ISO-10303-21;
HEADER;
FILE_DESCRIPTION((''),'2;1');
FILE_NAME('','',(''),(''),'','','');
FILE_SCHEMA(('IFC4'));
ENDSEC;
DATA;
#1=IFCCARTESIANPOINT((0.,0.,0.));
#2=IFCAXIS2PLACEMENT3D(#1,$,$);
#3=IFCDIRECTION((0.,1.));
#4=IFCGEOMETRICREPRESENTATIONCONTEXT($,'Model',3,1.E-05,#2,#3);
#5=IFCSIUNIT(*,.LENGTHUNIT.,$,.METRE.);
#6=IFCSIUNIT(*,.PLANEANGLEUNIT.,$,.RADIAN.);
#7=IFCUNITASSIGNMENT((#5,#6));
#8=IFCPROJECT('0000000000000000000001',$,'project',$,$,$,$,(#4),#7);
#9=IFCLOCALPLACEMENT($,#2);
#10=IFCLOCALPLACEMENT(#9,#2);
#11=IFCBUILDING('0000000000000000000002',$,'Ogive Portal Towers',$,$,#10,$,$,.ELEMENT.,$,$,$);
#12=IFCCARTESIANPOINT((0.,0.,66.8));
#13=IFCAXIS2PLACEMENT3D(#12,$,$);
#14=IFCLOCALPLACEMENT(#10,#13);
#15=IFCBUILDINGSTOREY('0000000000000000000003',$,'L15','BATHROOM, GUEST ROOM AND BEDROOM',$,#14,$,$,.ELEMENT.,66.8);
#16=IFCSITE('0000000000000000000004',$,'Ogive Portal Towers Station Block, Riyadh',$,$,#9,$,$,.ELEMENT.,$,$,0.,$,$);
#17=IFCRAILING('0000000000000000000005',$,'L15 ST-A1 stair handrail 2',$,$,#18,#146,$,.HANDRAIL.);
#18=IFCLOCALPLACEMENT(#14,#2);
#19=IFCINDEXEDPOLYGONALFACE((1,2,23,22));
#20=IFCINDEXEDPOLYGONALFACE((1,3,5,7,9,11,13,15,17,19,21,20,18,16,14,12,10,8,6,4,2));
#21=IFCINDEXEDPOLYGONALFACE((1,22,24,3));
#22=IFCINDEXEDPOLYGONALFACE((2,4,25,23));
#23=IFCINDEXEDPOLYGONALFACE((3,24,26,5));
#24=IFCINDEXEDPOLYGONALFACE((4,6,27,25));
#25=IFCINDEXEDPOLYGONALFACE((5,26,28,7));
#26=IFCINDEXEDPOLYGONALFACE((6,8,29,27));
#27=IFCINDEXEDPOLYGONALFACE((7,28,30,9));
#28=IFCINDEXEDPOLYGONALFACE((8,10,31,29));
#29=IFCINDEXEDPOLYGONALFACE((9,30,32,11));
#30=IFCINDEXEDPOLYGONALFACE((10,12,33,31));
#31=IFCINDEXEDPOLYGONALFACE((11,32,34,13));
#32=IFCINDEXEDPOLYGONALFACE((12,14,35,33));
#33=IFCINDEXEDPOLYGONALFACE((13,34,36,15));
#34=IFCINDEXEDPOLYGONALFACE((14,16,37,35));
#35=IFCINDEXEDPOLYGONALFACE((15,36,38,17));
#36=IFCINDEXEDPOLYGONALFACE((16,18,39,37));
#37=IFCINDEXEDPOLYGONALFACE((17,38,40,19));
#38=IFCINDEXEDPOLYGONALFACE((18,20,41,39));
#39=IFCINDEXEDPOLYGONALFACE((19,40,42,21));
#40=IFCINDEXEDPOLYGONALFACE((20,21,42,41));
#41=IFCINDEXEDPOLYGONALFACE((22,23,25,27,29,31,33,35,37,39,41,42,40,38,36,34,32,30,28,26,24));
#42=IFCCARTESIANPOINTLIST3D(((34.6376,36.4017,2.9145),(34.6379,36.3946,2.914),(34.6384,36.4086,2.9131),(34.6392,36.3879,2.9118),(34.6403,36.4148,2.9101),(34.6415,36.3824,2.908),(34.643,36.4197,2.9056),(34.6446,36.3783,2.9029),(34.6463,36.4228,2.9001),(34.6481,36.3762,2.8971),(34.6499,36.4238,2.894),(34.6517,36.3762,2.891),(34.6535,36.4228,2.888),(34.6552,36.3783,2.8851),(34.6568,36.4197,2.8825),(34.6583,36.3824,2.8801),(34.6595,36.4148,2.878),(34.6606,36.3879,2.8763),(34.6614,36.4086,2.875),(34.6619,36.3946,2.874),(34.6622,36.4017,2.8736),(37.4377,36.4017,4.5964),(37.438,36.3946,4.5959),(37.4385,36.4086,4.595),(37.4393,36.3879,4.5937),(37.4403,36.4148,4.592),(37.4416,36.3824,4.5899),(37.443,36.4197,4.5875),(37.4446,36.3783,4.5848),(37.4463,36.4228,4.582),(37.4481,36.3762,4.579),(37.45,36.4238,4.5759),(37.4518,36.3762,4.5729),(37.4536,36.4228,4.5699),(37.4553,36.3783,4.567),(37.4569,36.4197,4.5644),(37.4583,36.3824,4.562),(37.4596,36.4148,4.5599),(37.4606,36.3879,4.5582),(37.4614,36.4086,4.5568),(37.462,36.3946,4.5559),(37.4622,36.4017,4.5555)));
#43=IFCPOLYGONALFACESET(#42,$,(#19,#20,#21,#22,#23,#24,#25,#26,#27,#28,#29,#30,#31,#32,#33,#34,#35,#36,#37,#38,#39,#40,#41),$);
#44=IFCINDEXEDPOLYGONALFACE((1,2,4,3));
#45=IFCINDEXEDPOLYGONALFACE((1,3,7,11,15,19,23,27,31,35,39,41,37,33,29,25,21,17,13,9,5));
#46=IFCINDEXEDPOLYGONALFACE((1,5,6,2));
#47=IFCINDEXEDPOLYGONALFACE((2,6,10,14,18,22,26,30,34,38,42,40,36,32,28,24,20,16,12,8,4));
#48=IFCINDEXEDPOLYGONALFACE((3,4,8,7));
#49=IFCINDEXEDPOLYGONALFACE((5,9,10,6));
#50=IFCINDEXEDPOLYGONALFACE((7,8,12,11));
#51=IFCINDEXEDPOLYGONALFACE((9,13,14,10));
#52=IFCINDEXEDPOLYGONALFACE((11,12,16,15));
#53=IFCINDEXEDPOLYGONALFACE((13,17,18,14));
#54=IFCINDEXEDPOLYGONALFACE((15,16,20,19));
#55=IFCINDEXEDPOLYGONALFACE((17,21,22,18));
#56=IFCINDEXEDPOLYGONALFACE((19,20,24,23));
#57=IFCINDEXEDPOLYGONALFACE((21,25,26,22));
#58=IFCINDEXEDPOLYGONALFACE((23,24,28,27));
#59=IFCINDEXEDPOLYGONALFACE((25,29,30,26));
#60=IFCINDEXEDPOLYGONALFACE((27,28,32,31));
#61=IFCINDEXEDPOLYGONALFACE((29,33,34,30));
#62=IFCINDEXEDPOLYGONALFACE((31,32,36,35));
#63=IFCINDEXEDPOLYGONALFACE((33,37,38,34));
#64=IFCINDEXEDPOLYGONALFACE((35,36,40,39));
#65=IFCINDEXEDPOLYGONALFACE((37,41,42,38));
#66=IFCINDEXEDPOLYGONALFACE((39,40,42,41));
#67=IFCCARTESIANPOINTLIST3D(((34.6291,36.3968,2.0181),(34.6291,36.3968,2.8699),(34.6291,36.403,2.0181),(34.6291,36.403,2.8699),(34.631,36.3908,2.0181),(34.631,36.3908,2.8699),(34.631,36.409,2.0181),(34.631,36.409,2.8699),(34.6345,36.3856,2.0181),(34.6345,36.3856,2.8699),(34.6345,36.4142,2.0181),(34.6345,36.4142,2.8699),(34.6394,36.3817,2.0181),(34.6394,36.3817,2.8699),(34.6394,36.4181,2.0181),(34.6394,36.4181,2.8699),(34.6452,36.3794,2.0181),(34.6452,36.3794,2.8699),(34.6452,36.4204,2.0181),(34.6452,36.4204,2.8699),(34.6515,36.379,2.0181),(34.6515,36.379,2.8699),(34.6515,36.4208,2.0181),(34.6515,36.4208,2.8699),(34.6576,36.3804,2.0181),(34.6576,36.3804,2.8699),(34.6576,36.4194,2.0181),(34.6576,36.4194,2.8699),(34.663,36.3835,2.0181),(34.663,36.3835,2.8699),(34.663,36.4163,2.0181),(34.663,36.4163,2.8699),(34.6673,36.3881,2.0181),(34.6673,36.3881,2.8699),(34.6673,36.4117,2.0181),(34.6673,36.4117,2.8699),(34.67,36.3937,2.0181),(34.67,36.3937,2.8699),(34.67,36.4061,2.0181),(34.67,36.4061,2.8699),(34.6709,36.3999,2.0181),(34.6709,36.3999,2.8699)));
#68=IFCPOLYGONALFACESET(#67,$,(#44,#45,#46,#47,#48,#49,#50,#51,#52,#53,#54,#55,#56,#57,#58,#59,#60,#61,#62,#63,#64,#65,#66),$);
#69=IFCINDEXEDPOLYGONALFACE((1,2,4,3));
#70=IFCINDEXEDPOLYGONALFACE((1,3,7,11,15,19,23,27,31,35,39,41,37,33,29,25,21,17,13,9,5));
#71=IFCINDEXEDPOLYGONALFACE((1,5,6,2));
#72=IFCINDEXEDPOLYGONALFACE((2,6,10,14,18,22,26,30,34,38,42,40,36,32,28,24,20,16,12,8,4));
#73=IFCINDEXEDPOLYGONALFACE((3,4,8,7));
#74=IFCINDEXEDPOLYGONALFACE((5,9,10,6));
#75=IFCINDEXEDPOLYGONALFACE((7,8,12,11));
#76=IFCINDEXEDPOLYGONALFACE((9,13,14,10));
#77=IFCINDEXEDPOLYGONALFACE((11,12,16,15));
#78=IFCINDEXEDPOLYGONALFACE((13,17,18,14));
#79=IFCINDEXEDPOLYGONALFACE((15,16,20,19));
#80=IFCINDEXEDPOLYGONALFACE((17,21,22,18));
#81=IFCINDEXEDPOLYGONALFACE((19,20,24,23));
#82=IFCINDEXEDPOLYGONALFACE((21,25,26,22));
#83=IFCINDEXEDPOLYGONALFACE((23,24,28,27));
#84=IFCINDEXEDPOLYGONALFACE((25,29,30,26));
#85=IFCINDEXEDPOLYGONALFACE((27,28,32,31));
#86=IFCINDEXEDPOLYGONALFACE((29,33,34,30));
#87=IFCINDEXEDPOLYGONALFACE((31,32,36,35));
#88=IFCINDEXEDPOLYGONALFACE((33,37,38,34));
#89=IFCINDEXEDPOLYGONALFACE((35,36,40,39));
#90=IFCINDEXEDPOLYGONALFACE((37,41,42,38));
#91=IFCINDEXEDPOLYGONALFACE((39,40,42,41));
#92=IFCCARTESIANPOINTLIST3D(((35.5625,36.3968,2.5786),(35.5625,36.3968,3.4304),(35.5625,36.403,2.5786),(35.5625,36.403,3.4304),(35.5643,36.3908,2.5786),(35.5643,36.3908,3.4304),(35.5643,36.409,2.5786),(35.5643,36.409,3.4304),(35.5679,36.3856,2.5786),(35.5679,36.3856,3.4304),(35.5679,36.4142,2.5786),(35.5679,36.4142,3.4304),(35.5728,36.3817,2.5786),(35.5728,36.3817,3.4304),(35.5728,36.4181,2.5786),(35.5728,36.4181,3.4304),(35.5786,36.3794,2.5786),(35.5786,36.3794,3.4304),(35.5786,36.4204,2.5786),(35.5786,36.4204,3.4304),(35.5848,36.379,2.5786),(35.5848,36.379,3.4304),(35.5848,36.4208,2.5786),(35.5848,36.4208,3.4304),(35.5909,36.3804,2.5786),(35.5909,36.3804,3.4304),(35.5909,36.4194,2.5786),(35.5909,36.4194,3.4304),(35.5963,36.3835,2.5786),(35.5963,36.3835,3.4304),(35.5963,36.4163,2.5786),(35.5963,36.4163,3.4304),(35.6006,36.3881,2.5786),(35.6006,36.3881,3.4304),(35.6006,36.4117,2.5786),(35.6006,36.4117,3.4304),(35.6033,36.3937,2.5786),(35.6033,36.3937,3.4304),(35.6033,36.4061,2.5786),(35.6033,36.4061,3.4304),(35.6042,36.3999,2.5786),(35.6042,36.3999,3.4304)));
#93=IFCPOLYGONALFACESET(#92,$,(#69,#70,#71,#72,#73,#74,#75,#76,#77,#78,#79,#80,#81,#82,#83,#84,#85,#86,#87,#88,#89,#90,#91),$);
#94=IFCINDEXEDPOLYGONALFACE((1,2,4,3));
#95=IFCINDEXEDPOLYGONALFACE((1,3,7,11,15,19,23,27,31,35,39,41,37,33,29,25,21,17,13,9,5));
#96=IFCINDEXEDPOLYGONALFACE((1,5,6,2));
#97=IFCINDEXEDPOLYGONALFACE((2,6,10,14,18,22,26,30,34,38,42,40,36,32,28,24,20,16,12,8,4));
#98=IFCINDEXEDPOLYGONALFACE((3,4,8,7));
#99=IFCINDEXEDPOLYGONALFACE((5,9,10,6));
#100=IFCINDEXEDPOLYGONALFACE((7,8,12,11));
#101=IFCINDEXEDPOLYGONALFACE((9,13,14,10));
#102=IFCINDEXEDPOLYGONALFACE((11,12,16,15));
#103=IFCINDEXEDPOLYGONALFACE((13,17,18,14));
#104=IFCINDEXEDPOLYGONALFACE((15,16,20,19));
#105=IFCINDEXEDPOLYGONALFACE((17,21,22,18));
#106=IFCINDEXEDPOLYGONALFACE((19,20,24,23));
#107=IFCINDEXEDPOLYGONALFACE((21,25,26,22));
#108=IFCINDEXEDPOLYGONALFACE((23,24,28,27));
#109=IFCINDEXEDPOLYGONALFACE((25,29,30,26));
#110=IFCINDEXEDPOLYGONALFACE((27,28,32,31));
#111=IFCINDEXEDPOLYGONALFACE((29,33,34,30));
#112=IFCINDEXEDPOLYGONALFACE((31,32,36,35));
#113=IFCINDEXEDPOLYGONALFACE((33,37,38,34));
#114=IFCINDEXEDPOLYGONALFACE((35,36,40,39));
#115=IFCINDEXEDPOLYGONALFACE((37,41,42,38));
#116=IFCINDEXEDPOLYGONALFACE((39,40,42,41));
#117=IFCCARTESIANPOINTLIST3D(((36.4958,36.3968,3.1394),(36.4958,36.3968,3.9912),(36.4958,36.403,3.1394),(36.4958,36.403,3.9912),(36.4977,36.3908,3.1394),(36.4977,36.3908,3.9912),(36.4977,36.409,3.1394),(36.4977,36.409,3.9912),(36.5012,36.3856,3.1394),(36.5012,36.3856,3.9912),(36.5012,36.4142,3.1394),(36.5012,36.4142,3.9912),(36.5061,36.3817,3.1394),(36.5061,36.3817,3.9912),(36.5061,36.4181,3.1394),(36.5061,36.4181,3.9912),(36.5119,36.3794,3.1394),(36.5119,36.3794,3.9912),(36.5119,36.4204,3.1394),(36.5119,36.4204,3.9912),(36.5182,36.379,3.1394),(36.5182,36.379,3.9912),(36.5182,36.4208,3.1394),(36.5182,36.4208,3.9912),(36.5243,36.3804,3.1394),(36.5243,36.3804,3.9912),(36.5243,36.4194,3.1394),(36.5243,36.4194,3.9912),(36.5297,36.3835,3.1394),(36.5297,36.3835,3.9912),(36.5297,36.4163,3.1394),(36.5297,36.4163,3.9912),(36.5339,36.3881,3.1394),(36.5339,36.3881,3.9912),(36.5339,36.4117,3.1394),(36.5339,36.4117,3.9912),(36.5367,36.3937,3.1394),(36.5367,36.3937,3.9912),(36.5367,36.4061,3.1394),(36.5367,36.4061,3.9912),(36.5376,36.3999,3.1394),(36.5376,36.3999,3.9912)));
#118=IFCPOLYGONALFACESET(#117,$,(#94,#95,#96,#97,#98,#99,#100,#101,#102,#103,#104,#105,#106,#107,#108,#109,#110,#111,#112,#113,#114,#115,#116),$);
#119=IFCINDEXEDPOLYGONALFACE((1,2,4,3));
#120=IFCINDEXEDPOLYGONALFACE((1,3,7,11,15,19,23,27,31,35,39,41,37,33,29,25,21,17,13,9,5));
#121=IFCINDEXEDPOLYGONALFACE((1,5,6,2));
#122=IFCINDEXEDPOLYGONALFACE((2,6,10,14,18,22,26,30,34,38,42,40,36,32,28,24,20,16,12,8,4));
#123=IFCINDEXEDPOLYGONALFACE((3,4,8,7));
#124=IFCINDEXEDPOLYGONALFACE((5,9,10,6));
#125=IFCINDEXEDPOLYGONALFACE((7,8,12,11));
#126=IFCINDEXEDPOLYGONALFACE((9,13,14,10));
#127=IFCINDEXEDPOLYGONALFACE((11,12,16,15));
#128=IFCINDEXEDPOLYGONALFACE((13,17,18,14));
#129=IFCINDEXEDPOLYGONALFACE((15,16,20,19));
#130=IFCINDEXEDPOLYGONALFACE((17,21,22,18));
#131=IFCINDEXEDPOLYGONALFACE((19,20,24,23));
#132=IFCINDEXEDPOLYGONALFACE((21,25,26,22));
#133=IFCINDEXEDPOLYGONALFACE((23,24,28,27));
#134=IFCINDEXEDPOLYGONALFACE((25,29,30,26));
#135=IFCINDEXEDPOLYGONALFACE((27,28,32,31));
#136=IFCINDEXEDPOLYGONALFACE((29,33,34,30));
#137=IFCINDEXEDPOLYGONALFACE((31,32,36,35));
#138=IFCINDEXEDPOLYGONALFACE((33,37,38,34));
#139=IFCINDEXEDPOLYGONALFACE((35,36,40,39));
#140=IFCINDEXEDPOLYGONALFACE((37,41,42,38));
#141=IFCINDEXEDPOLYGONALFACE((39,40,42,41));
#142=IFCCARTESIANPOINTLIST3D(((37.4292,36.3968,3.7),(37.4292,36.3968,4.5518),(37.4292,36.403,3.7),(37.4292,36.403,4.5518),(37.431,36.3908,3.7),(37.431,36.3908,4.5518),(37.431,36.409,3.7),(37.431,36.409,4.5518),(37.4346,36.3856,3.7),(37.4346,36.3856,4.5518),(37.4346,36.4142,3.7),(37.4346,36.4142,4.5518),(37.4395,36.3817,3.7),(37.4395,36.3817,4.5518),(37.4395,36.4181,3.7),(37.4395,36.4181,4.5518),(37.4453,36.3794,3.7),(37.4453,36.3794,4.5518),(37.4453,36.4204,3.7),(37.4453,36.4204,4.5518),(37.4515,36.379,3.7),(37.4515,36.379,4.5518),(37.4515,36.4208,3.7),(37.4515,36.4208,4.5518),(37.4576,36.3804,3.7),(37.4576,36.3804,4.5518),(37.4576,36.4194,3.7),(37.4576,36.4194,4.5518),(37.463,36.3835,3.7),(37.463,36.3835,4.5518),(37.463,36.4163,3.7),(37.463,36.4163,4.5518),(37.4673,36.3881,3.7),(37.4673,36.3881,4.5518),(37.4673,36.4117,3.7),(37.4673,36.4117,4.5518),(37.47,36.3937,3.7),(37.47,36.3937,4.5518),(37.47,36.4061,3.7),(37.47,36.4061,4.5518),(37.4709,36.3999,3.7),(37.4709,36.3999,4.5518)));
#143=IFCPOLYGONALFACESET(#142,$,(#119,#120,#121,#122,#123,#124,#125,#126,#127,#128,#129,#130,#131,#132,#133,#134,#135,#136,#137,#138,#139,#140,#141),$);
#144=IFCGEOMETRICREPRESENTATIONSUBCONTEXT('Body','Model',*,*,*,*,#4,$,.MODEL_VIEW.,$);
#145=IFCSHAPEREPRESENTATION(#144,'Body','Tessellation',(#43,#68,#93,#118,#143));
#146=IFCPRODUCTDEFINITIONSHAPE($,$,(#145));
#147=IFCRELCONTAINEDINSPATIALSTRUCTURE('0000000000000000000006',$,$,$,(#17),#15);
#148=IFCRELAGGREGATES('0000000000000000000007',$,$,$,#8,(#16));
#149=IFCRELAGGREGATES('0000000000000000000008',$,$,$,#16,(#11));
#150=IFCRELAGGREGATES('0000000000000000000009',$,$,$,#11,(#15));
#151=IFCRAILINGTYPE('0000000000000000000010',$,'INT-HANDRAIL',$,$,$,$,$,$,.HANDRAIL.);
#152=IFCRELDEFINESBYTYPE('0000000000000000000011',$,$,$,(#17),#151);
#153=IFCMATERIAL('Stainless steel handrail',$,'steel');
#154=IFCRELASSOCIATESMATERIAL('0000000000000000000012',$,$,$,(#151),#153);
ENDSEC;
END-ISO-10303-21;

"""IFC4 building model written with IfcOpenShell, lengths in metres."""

from ifc_helpers import new_model, si_unit, direction, frame, origin, origin_2d, place, context, subcontext, project, spatial, circle, extrude, material, type_object, element, save


model = new_model("IFC4")

# Units and contexts
model_context = context("Model", 3, precision=1e-05, world=origin(), true_north=direction((0.0, 1.0)))
body_context = subcontext(model_context, "Body", "Model", "MODEL_VIEW")
ifc_project = project(units=[si_unit("LENGTHUNIT", "METRE"), si_unit("PLANEANGLEUNIT", "RADIAN")], contexts=[model_context])

# Site, building, storey
site_placement = place(None, origin())
site = spatial("IfcSite", under=ifc_project, at=site_placement, Name="Ogive Portal Towers Station Block, Riyadh", CompositionType="ELEMENT", RefElevation=0.0)
building_placement = place(site_placement, origin())
building = spatial("IfcBuilding", under=site, at=building_placement, Name="Ogive Portal Towers", CompositionType="ELEMENT")
storey_placement = place(building_placement, frame((0.0, 0.0, 66.8)))
storey = spatial("IfcBuildingStorey", under=building, at=storey_placement, Name="L15", Description="BATHROOM, GUEST ROOM AND BEDROOM", CompositionType="ELEMENT", Elevation=66.8)

# Railing
ifc_material_1 = material(Name="Stainless steel handrail", Category="steel")
railing_type = type_object("IfcRailingType", Name="INT-HANDRAIL", PredefinedType="HANDRAIL", material=ifc_material_1)
railing_placement = place(storey_placement, frame((34.6499, 36.3999, 2.0181)))
element("IfcRailing", 1, at=railing_placement, inside=storey, type_object=railing_type, Name="L15 ST-A1 stair handrail 2", PredefinedType="HANDRAIL", context=body_context, shape_type="SweptSolid", body=[
    extrude(circle(Radius=0.0239, at=origin_2d()), frame((0.0, 0.0, 0.876), z_axis=(0.857242, 0.0, 0.514913), x_axis=(0.0, 1.0, 0.0)), (0.0, 0.0, 1.0), 3.2664),
    extrude(circle(Radius=0.021, at=origin_2d()), origin(), (0.0, 0.0, 1.0), 0.8518),
    extrude(circle(Radius=0.021, at=origin_2d()), frame((0.9333, 0.0, 0.5605)), (0.0, 0.0, 1.0), 0.8518),
    extrude(circle(Radius=0.021, at=origin_2d()), frame((1.8667, 0.0, 1.1213)), (0.0, 0.0, 1.0), 0.8518),
    extrude(circle(Radius=0.021, at=origin_2d()), frame((2.8, 0.0, 1.6819)), (0.0, 0.0, 1.0), 0.8518),
])

save(model, "model.ifc")
